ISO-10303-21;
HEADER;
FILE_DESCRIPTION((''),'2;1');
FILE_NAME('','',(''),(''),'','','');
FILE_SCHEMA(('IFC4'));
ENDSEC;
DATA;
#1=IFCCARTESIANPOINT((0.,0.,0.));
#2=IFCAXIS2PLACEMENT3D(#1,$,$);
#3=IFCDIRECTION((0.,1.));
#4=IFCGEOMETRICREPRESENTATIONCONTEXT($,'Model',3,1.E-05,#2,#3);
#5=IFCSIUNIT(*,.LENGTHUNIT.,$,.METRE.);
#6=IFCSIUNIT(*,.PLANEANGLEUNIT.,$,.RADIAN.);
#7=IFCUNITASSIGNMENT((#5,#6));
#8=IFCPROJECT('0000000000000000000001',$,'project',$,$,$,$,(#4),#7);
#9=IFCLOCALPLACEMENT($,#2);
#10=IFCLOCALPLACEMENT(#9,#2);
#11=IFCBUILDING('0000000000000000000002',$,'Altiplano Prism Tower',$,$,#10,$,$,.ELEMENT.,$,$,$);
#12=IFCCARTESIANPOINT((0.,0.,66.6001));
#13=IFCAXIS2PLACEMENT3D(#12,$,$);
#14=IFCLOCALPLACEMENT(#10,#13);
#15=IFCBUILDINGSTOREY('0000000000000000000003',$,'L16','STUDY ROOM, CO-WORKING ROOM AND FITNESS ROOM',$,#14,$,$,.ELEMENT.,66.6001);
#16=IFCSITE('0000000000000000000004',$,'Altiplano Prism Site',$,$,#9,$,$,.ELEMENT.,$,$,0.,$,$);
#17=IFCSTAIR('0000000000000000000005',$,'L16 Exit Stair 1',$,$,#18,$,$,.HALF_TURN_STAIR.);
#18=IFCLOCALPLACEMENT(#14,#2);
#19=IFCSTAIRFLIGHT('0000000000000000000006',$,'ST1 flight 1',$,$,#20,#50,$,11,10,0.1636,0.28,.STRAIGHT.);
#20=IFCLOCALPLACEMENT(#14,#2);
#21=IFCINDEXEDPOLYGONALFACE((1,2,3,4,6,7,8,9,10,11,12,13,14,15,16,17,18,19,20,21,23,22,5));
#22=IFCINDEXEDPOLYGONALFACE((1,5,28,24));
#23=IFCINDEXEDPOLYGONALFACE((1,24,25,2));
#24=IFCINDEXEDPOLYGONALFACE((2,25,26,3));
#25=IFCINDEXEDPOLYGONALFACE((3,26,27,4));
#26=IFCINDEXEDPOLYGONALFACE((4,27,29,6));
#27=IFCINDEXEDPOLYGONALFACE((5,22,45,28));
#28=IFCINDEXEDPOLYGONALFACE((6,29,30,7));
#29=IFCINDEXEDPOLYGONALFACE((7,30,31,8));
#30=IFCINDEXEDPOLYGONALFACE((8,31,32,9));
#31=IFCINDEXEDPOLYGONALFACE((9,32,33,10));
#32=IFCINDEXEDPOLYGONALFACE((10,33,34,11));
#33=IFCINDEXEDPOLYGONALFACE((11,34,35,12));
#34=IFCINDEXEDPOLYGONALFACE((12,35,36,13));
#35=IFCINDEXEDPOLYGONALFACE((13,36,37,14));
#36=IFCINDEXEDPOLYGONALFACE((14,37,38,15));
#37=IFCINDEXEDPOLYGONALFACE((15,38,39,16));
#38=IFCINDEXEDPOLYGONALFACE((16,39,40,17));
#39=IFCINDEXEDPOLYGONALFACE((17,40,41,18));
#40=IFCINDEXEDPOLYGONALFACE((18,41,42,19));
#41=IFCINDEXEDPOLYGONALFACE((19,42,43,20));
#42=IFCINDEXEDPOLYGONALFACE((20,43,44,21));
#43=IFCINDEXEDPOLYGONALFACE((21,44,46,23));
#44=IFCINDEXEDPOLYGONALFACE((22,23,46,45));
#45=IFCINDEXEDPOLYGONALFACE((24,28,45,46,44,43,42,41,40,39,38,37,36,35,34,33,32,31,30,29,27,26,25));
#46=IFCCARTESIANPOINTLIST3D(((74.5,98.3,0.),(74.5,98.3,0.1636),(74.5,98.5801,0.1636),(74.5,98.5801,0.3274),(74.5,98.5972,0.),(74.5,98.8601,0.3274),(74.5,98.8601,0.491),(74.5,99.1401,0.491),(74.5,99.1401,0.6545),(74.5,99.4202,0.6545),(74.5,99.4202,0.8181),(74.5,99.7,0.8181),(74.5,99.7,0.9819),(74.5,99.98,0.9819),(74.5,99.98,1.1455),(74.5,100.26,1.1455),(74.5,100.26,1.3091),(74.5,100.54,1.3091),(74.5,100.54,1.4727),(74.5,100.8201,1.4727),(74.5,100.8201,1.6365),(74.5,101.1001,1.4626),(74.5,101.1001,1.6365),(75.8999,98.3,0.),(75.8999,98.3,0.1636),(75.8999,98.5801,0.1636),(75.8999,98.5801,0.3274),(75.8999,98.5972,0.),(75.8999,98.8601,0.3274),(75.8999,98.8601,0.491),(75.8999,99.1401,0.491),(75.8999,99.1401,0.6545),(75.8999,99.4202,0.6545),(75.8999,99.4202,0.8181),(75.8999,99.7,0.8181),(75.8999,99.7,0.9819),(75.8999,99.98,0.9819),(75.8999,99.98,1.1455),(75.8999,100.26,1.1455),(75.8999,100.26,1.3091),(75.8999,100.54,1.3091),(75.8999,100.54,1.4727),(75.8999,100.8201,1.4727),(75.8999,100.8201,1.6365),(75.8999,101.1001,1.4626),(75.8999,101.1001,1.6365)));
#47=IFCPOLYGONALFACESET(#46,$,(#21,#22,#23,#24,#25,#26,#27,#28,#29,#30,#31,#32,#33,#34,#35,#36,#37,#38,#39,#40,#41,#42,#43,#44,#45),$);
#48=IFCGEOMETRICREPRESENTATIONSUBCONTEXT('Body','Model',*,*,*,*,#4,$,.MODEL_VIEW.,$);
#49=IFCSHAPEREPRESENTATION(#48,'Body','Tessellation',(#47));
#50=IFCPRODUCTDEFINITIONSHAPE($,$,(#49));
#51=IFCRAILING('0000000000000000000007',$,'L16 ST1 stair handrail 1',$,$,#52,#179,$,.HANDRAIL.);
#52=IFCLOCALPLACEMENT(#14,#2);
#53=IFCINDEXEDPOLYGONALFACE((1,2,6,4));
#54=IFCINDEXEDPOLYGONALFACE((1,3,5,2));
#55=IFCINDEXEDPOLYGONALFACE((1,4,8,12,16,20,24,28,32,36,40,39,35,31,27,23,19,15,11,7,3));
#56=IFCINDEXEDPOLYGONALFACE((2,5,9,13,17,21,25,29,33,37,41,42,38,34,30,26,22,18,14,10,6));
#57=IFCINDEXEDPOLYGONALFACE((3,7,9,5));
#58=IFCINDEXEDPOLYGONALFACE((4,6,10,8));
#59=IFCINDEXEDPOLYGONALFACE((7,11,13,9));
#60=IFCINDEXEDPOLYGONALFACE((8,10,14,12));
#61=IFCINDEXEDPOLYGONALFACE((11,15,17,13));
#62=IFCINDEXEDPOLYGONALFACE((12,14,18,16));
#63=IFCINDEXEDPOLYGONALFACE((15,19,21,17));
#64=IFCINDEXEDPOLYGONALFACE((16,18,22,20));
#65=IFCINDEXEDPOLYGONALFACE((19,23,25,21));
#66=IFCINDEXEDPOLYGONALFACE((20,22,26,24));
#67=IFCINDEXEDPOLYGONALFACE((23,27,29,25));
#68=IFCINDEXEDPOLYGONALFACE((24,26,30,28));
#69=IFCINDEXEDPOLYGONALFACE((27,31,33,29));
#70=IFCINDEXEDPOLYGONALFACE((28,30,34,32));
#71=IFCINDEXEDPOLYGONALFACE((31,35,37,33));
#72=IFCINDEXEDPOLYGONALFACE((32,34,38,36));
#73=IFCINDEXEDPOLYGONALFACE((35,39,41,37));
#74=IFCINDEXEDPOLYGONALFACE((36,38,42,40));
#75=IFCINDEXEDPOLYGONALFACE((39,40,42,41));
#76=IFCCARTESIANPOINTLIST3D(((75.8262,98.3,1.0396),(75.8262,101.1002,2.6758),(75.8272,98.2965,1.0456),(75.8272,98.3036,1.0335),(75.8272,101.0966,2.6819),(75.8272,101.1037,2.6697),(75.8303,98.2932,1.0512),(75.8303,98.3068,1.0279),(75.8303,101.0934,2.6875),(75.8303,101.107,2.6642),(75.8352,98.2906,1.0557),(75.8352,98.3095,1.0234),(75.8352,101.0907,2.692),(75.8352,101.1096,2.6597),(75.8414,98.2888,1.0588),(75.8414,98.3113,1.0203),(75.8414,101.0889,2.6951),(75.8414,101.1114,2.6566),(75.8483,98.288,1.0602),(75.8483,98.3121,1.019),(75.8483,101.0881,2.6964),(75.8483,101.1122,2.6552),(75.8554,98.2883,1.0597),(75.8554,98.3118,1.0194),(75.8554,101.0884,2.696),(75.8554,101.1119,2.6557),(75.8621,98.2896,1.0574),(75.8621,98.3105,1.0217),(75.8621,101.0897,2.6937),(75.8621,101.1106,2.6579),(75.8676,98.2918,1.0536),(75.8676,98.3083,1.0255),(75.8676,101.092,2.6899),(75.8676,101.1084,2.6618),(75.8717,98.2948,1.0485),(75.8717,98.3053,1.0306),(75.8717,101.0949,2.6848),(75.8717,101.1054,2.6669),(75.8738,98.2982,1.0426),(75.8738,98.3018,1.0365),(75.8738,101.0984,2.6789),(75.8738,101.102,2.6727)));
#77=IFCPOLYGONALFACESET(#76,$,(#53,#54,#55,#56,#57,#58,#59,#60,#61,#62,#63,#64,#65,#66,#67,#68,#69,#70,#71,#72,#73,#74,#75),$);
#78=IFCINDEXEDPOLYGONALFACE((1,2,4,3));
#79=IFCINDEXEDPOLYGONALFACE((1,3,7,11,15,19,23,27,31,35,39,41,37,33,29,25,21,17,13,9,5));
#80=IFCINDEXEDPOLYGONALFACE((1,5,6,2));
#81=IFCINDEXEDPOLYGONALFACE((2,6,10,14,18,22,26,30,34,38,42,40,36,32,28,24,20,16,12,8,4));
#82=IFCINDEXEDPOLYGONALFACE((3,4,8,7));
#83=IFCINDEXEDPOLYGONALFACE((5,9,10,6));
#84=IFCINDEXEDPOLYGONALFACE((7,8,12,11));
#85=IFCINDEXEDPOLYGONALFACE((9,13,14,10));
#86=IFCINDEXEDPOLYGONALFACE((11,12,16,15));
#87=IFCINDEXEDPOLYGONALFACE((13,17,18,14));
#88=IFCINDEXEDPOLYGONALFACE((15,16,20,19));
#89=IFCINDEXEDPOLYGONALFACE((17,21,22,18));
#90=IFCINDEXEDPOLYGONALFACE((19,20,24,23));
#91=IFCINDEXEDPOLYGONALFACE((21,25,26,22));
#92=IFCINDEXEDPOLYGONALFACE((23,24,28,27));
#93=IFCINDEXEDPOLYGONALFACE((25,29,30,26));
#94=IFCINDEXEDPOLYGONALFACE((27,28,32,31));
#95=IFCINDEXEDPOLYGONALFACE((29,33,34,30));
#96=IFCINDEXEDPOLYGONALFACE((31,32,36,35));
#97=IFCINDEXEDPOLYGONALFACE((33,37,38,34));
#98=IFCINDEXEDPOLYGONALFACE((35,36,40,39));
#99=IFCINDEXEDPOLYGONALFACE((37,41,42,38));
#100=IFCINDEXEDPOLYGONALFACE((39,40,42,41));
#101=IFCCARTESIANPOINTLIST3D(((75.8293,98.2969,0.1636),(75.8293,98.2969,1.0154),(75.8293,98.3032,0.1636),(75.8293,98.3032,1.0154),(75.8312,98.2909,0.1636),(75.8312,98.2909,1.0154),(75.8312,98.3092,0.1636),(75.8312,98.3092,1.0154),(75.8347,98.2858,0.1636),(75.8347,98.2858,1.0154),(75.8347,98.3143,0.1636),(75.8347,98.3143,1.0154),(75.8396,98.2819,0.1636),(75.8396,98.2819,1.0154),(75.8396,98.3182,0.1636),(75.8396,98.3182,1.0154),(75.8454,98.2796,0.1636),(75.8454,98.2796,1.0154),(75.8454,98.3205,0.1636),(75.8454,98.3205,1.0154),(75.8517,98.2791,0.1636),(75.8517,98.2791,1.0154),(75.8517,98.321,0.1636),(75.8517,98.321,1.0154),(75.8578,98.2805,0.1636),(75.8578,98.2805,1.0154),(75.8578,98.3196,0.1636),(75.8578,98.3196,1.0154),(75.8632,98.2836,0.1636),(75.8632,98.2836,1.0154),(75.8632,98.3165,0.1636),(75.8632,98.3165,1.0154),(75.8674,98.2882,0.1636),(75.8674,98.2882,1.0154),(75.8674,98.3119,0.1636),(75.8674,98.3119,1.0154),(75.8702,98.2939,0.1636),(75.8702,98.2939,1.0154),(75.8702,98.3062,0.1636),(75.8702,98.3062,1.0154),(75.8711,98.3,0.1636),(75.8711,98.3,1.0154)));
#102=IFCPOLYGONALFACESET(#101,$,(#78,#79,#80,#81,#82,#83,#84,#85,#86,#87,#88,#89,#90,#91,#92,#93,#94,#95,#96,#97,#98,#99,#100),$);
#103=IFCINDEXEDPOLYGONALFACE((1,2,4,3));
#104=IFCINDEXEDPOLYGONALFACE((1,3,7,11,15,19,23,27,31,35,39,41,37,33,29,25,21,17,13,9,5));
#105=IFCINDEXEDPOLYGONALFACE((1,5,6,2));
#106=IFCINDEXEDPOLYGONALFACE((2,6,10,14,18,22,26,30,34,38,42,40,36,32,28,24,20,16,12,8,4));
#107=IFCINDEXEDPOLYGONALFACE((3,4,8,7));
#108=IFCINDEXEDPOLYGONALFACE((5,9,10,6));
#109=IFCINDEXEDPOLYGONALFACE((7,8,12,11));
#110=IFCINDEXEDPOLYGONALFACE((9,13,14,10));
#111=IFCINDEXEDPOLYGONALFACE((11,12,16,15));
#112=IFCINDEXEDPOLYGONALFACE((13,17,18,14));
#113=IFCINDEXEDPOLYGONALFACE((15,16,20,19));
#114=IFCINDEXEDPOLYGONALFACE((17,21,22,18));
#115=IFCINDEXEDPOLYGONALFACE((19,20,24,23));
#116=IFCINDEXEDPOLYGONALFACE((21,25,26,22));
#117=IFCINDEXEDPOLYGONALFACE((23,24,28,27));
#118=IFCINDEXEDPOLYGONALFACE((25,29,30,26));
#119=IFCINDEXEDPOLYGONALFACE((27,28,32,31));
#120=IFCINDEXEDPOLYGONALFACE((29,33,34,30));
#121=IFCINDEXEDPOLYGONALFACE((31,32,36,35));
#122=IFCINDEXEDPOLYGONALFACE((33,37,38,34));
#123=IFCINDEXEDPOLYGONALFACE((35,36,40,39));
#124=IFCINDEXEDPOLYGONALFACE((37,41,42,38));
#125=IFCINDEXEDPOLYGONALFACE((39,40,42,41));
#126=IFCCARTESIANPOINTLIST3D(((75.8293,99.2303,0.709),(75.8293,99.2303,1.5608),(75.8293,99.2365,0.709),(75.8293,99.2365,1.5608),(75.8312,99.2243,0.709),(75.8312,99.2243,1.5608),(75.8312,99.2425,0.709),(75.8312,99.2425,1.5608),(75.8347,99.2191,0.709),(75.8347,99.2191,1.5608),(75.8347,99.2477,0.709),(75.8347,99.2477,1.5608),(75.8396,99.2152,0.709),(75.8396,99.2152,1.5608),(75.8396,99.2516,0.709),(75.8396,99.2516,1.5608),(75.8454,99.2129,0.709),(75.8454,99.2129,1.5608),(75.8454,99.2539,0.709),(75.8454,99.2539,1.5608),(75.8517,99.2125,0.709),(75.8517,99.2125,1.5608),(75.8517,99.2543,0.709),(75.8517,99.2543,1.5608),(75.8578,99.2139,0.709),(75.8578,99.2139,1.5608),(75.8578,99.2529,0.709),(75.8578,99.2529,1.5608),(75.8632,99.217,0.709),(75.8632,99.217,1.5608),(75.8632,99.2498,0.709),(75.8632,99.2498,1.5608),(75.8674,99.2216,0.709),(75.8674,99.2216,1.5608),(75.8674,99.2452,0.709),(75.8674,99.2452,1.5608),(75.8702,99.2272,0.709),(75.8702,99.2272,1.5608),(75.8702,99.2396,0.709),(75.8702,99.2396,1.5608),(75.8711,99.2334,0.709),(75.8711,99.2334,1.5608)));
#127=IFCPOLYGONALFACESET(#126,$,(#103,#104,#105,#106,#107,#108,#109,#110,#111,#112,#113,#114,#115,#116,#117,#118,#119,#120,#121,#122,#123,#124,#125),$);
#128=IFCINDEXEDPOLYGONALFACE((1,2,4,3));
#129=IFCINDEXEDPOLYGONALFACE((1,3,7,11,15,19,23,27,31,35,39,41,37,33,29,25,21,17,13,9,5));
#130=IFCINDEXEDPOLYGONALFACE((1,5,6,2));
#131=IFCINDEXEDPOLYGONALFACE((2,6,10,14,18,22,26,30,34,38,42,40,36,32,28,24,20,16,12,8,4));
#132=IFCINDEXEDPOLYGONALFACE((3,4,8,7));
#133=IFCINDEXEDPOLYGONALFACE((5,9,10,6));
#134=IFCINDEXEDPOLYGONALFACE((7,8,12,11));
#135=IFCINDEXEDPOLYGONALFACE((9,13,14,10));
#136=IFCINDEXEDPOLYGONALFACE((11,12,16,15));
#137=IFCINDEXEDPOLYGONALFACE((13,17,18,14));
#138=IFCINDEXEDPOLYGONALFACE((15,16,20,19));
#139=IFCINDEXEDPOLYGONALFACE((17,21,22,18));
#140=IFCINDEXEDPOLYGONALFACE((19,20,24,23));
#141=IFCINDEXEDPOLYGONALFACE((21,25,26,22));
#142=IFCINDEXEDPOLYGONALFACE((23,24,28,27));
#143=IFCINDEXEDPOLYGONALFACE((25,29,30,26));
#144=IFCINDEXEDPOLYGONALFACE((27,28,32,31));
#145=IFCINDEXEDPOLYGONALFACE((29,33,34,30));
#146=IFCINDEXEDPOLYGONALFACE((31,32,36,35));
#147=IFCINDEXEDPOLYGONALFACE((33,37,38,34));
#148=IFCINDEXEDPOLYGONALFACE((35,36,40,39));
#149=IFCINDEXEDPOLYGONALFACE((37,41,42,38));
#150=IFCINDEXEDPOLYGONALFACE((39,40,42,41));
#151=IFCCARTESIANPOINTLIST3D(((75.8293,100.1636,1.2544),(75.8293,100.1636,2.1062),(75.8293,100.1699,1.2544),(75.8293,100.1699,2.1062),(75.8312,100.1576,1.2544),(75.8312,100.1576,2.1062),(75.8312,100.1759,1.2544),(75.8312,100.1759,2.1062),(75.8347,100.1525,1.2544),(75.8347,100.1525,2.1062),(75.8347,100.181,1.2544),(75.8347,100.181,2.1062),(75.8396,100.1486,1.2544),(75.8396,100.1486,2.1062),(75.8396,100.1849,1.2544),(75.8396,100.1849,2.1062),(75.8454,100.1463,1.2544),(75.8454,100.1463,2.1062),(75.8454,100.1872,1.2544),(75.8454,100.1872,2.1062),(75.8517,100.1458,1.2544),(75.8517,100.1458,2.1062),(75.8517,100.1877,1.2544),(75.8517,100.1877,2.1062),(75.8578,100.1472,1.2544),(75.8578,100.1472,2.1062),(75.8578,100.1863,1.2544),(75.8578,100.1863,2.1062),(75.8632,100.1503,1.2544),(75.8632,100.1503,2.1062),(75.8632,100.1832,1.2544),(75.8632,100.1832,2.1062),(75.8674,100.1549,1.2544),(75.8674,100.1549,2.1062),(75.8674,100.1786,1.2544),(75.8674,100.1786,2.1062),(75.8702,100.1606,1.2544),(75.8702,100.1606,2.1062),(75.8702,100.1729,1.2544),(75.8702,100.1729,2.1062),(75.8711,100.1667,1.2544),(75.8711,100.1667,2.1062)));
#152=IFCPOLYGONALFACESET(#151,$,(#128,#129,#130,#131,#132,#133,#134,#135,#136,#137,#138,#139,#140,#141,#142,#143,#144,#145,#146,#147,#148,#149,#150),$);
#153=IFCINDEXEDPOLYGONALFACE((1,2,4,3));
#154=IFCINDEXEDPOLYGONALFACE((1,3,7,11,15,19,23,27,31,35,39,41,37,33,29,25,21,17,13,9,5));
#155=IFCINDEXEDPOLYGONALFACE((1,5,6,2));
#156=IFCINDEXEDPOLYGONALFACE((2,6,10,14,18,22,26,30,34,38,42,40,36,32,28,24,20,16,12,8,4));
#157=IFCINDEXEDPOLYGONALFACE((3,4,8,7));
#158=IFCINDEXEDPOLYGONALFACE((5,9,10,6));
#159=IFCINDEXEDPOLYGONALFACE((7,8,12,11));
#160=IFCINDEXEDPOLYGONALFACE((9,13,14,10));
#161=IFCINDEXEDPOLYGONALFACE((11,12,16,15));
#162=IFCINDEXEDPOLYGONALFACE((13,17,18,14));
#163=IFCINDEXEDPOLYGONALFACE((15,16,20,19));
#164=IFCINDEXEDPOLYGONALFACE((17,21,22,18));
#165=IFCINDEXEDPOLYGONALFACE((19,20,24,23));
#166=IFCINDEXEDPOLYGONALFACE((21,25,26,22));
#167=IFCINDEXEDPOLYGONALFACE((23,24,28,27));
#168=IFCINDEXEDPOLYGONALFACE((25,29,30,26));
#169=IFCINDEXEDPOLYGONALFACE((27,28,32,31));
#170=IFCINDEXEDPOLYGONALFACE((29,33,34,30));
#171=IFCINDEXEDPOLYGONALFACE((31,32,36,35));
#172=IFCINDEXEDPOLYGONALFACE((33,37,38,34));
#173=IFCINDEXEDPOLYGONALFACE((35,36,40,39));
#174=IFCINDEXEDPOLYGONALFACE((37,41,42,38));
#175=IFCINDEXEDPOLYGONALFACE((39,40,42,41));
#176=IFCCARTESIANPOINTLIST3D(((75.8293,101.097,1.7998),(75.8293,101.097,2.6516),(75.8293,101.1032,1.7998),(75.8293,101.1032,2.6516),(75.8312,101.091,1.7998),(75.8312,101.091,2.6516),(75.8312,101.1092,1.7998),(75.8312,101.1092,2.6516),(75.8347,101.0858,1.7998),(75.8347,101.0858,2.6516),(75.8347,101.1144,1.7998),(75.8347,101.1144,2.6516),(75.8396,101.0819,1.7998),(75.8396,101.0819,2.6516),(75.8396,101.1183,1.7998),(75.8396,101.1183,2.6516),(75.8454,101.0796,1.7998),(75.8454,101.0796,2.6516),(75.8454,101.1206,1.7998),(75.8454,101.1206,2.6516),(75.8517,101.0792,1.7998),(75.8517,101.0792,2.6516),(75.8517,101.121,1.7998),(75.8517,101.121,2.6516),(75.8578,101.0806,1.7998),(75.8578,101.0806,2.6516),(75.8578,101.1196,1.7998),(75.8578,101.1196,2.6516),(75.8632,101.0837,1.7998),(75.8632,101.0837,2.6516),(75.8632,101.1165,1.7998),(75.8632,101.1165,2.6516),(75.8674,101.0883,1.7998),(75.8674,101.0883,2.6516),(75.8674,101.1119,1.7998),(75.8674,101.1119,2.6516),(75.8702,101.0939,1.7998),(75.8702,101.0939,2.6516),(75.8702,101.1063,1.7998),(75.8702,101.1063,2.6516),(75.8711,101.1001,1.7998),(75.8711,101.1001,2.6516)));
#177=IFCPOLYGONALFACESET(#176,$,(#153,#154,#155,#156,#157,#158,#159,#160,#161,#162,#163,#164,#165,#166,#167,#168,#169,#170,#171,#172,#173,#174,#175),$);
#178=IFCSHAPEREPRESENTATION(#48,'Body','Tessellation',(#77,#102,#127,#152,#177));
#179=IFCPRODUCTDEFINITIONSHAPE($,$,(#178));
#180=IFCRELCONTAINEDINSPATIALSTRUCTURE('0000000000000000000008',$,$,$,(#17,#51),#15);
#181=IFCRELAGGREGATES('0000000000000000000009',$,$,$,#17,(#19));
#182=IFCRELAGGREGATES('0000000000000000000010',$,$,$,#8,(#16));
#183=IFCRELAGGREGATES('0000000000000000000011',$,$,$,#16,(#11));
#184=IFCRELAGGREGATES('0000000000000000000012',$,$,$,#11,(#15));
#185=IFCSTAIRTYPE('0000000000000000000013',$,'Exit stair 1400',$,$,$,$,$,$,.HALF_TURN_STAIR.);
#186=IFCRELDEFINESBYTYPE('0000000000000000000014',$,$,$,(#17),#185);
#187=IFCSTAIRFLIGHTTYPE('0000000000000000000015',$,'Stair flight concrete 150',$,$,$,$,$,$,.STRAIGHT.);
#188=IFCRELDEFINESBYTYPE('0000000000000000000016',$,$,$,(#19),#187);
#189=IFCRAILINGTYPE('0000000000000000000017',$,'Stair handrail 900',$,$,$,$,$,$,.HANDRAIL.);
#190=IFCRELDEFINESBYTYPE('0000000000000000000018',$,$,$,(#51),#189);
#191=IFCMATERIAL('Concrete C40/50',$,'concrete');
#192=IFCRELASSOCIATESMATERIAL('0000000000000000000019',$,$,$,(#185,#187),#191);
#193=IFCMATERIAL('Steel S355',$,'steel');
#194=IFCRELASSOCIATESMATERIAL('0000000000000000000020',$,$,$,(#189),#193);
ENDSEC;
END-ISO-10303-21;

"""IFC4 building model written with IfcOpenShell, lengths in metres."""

from ifc_helpers import new_model, si_unit, direction, frame, origin, origin_2d, place, context, subcontext, project, spatial, polyline, circle, outline, extrude, material, type_object, element, aggregate, save


model = new_model("IFC4")

# Units and contexts
model_context = context("Model", 3, precision=1e-05, world=origin(), true_north=direction((0.0, 1.0)))
body_context = subcontext(model_context, "Body", "Model", "MODEL_VIEW")
ifc_project = project(units=[si_unit("LENGTHUNIT", "METRE"), si_unit("PLANEANGLEUNIT", "RADIAN")], contexts=[model_context])

# Site, building, storey
site_placement = place(None, origin())
site = spatial("IfcSite", under=ifc_project, at=site_placement, Name="Altiplano Prism Site", CompositionType="ELEMENT", RefElevation=0.0)
building_placement = place(site_placement, origin())
building = spatial("IfcBuilding", under=site, at=building_placement, Name="Altiplano Prism Tower", CompositionType="ELEMENT")
storey_placement = place(building_placement, frame((0.0, 0.0, 66.6001)))
storey = spatial("IfcBuildingStorey", under=building, at=storey_placement, Name="L16", Description="STUDY ROOM, CO-WORKING ROOM AND FITNESS ROOM", CompositionType="ELEMENT", Elevation=66.6001)

# Stair, stair flight
ifc_material_1 = material(Name="Concrete C40/50", Category="concrete")
stair_type = type_object("IfcStairType", Name="Exit stair 1400", PredefinedType="HALF_TURN_STAIR", material=ifc_material_1)
stair_placement = place(storey_placement, origin())
stair = element("IfcStair", 1, at=stair_placement, inside=storey, type_object=stair_type, Name="L16 Exit Stair 1", PredefinedType="HALF_TURN_STAIR")
stair_flight_type = type_object("IfcStairFlightType", Name="Stair flight concrete 150", PredefinedType="STRAIGHT", material=ifc_material_1)
stair_flight_placement = place(storey_placement, frame((75.2, 98.3, 0.0), z_axis=(0.0, 0.0, 1.0), x_axis=(0.0, 1.0, 0.0)))
stair_flight = element("IfcStairFlight", 2, at=stair_flight_placement, type_object=stair_flight_type, Name="ST1 flight 1", NumberOfRisers=11, NumberOfTreads=10, PredefinedType="STRAIGHT", RiserHeight=0.1636, TreadLength=0.28, context=body_context, shape_type="SweptSolid", body=[
    extrude(outline(polyline([(0.0, 0.0), (0.0, 0.1636), (0.28, 0.1636), (0.28, 0.3274), (0.5601, 0.3274), (0.5601, 0.491), (0.8401, 0.491), (0.8401, 0.6545), (1.1201, 0.6545), (1.1201, 0.8181), (1.3999, 0.8181), (1.3999, 0.9819), (1.6799, 0.9819), (1.6799, 1.1455), (1.96, 1.1455), (1.96, 1.3091), (2.24, 1.3091), (2.24, 1.4727), (2.52, 1.4727), (2.52, 1.6365), (2.8, 1.6365), (2.8, 1.8), (2.8, 1.4626), (0.2971, 0.0), (0.0, 0.0)])), frame((0.0, 0.7, 0.0), z_axis=(0.0, -1.0, 0.0), x_axis=(1.0, 0.0, 0.0)), (0.0, 0.0, 1.0), 1.3999),
])
aggregate(stair, [stair_flight])

# Railing
ifc_material_2 = material(Name="Steel S355", Category="steel")
railing_type_1 = type_object("IfcRailingType", Name="Stair handrail 900", PredefinedType="HANDRAIL", material=ifc_material_2)
railing_1_placement = place(storey_placement, frame((75.8501, 98.3, 0.1636)))
element("IfcRailing", 3, at=railing_1_placement, inside=storey, type_object=railing_type_1, Name="L16 ST1 stair handrail 1", PredefinedType="HANDRAIL", context=body_context, shape_type="SweptSolid", body=[
    extrude(circle(Radius=0.0239, at=origin_2d()), frame((0.0, 0.0, 0.876), z_axis=(0.0, 0.863394, 0.504531), x_axis=(-1.0, 0.0, 0.0)), (0.0, 0.0, 1.0), 3.2432),
    extrude(circle(Radius=0.021, at=origin_2d()), origin(), (0.0, 0.0, 1.0), 0.8518),
    extrude(circle(Radius=0.021, at=origin_2d()), frame((0.0, 0.9333, 0.5454)), (0.0, 0.0, 1.0), 0.8518),
    extrude(circle(Radius=0.021, at=origin_2d()), frame((0.0, 1.8667, 1.0908)), (0.0, 0.0, 1.0), 0.8518),
    extrude(circle(Radius=0.021, at=origin_2d()), frame((0.0, 2.8, 1.6362)), (0.0, 0.0, 1.0), 0.8518),
])

save(model, "model.ifc")
